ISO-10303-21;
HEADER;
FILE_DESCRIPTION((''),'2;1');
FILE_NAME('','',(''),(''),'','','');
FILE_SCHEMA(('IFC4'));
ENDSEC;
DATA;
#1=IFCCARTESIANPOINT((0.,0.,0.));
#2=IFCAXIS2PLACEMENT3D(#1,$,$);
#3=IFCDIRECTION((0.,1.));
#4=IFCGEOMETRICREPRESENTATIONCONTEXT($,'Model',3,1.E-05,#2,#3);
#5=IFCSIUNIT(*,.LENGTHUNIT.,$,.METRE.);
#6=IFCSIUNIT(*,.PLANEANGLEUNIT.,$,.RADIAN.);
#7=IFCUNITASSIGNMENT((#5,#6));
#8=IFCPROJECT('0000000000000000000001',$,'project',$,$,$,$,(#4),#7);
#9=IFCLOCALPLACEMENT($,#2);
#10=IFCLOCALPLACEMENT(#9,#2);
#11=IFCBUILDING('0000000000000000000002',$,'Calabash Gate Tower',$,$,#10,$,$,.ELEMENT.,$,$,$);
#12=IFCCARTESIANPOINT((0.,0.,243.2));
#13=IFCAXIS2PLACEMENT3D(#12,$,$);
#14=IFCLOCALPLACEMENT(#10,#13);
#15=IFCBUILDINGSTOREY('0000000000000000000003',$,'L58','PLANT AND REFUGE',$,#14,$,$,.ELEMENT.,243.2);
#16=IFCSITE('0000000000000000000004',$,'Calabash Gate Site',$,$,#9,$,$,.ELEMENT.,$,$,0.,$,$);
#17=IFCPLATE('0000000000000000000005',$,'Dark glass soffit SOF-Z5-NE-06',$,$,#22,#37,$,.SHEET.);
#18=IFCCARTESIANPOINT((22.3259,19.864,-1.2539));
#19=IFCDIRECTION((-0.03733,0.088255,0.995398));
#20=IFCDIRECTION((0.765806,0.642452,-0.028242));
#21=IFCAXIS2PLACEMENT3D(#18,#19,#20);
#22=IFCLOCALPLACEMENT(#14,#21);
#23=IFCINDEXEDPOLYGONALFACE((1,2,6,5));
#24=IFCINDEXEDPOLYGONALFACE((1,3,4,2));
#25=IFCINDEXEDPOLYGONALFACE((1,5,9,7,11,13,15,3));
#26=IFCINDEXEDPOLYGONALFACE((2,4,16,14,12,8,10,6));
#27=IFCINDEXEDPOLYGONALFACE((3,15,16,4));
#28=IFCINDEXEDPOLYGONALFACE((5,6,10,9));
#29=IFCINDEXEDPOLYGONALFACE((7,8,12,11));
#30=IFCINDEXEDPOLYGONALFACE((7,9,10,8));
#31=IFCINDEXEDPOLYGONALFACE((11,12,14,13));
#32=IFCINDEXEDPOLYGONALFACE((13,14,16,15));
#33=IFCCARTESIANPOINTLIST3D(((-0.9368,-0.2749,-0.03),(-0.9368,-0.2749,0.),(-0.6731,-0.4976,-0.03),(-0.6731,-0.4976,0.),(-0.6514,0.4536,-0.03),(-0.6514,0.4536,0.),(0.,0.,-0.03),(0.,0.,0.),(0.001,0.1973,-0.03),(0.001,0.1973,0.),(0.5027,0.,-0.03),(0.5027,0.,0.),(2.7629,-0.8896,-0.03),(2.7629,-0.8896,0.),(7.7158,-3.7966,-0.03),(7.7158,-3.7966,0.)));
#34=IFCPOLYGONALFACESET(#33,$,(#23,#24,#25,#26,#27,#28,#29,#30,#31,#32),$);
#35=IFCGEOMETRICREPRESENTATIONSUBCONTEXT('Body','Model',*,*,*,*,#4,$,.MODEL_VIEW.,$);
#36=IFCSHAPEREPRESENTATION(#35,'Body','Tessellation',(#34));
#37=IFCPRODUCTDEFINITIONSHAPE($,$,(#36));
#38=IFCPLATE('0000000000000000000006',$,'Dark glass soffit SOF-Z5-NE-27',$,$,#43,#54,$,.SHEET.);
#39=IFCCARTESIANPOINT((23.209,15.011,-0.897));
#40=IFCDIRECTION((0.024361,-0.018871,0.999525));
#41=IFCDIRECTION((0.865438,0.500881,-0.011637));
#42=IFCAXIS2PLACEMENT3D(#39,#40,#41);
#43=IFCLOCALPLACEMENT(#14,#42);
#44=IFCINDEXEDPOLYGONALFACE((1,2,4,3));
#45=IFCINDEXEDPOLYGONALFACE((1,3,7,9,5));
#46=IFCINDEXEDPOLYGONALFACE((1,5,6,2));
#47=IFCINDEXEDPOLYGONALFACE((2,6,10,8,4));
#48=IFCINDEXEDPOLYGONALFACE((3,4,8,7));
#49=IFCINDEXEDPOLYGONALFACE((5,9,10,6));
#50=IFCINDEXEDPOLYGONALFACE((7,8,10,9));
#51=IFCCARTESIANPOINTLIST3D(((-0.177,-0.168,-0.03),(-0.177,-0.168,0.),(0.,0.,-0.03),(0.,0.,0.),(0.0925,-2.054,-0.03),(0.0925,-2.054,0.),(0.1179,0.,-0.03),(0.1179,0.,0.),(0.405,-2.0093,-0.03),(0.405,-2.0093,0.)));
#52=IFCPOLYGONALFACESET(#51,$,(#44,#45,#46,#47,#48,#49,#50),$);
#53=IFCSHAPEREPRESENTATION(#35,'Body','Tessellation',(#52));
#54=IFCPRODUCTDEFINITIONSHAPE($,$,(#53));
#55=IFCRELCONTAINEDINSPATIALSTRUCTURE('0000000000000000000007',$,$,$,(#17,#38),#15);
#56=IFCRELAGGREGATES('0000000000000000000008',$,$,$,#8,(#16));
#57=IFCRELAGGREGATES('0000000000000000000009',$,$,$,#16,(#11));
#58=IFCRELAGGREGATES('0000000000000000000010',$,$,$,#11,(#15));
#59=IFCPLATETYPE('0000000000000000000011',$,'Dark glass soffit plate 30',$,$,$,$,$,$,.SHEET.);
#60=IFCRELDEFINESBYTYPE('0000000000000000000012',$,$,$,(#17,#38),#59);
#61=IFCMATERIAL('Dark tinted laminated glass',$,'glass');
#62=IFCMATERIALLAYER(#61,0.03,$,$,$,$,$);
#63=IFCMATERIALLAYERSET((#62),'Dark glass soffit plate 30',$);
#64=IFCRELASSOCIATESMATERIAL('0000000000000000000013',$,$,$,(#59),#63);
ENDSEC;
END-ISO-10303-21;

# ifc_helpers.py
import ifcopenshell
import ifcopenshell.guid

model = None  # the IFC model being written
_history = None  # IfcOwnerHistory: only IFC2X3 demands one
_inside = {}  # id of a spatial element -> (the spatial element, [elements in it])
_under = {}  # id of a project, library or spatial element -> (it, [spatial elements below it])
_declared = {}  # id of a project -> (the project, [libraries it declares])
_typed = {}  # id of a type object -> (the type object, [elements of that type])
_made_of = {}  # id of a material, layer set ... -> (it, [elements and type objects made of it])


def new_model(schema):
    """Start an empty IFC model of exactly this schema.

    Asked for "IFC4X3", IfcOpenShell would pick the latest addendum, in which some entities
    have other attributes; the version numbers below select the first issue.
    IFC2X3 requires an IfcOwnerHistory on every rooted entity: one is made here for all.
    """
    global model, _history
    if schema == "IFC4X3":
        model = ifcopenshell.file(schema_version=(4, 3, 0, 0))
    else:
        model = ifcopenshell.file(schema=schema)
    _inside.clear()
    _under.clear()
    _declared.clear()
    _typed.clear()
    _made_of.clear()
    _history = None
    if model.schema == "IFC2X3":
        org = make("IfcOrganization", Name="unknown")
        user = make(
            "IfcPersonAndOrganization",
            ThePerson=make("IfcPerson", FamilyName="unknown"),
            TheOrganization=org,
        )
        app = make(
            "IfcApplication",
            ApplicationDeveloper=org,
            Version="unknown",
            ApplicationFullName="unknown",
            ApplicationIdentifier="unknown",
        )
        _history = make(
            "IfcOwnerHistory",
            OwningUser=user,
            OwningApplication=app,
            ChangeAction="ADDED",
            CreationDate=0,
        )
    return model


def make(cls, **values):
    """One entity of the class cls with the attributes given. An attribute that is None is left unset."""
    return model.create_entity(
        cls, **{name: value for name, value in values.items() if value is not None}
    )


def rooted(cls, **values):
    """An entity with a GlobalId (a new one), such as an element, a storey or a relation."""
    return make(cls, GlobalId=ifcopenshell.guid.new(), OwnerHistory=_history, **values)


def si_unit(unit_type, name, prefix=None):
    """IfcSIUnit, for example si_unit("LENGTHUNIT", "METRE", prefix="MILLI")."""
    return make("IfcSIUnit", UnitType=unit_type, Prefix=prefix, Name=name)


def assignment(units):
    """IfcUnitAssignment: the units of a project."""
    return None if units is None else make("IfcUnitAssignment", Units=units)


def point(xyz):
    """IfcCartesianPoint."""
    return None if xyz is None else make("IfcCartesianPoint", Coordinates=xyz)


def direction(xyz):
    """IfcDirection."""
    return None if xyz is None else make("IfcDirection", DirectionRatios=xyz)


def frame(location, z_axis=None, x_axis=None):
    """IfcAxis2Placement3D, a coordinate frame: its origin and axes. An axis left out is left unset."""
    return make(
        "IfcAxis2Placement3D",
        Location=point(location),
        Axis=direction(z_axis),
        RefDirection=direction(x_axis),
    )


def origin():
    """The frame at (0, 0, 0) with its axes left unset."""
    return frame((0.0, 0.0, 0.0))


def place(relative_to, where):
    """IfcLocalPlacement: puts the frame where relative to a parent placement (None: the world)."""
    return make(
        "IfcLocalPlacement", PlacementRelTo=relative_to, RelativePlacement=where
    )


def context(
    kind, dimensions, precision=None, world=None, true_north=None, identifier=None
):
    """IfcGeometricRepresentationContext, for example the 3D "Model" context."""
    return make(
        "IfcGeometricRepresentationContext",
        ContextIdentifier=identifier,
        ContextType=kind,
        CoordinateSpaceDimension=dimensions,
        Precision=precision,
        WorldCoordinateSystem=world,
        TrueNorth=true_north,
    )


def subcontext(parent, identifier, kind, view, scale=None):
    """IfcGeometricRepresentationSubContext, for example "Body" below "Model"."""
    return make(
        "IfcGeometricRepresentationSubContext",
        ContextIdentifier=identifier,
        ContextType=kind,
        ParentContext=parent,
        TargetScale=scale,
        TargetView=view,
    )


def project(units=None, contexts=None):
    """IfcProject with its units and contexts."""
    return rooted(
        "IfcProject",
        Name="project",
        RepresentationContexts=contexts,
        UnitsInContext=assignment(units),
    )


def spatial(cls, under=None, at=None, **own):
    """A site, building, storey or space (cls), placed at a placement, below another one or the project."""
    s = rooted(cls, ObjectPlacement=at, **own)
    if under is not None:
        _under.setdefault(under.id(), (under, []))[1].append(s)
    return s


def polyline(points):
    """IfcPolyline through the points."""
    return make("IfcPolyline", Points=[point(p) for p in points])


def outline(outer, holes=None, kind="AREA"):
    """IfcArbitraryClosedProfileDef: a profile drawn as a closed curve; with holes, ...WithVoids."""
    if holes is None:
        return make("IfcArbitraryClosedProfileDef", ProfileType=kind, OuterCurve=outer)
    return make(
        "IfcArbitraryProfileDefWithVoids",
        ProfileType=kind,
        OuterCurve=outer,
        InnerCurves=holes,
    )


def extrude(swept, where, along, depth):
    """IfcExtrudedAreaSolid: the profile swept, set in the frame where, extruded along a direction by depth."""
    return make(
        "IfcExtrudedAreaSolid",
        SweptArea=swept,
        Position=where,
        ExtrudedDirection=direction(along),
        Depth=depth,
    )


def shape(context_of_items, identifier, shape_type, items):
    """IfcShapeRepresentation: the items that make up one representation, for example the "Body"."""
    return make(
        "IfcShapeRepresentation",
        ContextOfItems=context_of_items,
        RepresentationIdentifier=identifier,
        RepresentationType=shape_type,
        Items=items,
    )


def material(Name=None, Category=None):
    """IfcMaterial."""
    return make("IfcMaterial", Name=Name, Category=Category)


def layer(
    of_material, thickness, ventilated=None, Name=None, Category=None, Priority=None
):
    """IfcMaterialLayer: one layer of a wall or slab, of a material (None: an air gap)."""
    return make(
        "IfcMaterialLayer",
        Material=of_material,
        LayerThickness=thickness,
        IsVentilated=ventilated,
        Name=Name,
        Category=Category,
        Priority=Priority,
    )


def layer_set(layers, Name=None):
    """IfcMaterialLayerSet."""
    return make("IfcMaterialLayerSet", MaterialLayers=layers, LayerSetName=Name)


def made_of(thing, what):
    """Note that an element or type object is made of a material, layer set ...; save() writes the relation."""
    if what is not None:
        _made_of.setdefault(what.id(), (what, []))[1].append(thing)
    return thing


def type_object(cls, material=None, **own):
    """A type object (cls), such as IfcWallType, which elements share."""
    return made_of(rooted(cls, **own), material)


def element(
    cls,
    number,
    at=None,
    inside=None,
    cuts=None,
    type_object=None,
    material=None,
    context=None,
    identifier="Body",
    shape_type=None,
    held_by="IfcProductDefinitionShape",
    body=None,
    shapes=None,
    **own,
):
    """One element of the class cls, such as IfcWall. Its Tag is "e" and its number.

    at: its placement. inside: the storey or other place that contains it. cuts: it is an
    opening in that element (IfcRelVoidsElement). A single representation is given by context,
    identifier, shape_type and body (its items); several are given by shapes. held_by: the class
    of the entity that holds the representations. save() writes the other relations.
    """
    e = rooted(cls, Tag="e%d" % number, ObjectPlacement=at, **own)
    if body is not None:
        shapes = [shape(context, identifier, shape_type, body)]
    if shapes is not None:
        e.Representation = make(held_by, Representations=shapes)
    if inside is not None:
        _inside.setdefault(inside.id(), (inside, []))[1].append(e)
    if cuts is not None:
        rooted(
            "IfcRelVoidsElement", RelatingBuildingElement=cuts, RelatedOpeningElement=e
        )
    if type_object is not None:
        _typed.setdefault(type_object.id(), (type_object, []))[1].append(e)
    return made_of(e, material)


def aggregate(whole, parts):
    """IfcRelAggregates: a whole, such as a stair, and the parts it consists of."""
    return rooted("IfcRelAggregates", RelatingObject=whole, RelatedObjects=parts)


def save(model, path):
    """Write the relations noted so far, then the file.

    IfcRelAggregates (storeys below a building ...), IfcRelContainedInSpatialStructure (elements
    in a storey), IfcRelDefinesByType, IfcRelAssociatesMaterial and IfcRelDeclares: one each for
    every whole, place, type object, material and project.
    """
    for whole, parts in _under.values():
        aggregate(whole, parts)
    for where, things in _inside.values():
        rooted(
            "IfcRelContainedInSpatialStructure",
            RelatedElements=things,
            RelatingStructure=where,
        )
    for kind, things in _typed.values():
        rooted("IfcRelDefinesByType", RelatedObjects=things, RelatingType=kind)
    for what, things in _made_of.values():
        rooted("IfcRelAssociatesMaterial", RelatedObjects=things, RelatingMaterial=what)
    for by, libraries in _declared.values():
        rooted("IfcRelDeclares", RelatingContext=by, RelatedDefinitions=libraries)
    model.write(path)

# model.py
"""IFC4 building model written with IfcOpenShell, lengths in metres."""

from ifc_helpers import new_model, si_unit, direction, frame, origin, place, context, subcontext, project, spatial, polyline, outline, extrude, material, layer, layer_set, type_object, element, save


model = new_model("IFC4")

# Units and contexts
model_context = context("Model", 3, precision=1e-05, world=origin(), true_north=direction((0.0, 1.0)))
body_context = subcontext(model_context, "Body", "Model", "MODEL_VIEW")
ifc_project = project(units=[si_unit("LENGTHUNIT", "METRE"), si_unit("PLANEANGLEUNIT", "RADIAN")], contexts=[model_context])

# Site, building, storey
site_placement = place(None, origin())
site = spatial("IfcSite", under=ifc_project, at=site_placement, Name="Calabash Gate Site", CompositionType="ELEMENT", RefElevation=0.0)
building_placement = place(site_placement, origin())
building = spatial("IfcBuilding", under=site, at=building_placement, Name="Calabash Gate Tower", CompositionType="ELEMENT")
storey_placement = place(building_placement, frame((0.0, 0.0, 243.2)))
storey = spatial("IfcBuildingStorey", under=building, at=storey_placement, Name="L58", Description="PLANT AND REFUGE", CompositionType="ELEMENT", Elevation=243.2)

# Plates
ifc_material_1 = material(Name="Dark tinted laminated glass", Category="glass")
ifc_layer = layer(ifc_material_1, 0.03)
ifc_layer_set = layer_set([ifc_layer], Name="Dark glass soffit plate 30")
plate_type = type_object("IfcPlateType", Name="Dark glass soffit plate 30", PredefinedType="SHEET", material=ifc_layer_set)
plate_1_placement = place(storey_placement, frame((22.3259, 19.864, -1.2539), z_axis=(-0.03733, 0.088255, 0.995398), x_axis=(0.765806, 0.642452, -0.028242)))
element("IfcPlate", 1, at=plate_1_placement, inside=storey, type_object=plate_type, Name="Dark glass soffit SOF-Z5-NE-06", PredefinedType="SHEET", context=body_context, shape_type="SweptSolid", body=[
    extrude(outline(polyline([(0.0, 0.0), (0.5027, 0.0), (2.7629, -0.8896), (7.7158, -3.7966), (-0.6731, -0.4976), (-0.9368, -0.2749), (-0.6514, 0.4536), (0.001, 0.1973), (0.0, 0.0)])), origin(), (0.0, 0.0, -1.0), 0.03),
])
plate_2_placement = place(storey_placement, frame((23.209, 15.011, -0.897), z_axis=(0.024361, -0.018871, 0.999525), x_axis=(0.865438, 0.500881, -0.011637)))
element("IfcPlate", 2, at=plate_2_placement, inside=storey, type_object=plate_type, Name="Dark glass soffit SOF-Z5-NE-27", PredefinedType="SHEET", context=body_context, shape_type="SweptSolid", body=[
    extrude(outline(polyline([(0.0, 0.0), (0.1179, 0.0), (0.405, -2.0093), (0.0925, -2.054), (-0.177, -0.168), (0.0, 0.0)])), origin(), (0.0, 0.0, -1.0), 0.03),
])

save(model, "model.ifc")
